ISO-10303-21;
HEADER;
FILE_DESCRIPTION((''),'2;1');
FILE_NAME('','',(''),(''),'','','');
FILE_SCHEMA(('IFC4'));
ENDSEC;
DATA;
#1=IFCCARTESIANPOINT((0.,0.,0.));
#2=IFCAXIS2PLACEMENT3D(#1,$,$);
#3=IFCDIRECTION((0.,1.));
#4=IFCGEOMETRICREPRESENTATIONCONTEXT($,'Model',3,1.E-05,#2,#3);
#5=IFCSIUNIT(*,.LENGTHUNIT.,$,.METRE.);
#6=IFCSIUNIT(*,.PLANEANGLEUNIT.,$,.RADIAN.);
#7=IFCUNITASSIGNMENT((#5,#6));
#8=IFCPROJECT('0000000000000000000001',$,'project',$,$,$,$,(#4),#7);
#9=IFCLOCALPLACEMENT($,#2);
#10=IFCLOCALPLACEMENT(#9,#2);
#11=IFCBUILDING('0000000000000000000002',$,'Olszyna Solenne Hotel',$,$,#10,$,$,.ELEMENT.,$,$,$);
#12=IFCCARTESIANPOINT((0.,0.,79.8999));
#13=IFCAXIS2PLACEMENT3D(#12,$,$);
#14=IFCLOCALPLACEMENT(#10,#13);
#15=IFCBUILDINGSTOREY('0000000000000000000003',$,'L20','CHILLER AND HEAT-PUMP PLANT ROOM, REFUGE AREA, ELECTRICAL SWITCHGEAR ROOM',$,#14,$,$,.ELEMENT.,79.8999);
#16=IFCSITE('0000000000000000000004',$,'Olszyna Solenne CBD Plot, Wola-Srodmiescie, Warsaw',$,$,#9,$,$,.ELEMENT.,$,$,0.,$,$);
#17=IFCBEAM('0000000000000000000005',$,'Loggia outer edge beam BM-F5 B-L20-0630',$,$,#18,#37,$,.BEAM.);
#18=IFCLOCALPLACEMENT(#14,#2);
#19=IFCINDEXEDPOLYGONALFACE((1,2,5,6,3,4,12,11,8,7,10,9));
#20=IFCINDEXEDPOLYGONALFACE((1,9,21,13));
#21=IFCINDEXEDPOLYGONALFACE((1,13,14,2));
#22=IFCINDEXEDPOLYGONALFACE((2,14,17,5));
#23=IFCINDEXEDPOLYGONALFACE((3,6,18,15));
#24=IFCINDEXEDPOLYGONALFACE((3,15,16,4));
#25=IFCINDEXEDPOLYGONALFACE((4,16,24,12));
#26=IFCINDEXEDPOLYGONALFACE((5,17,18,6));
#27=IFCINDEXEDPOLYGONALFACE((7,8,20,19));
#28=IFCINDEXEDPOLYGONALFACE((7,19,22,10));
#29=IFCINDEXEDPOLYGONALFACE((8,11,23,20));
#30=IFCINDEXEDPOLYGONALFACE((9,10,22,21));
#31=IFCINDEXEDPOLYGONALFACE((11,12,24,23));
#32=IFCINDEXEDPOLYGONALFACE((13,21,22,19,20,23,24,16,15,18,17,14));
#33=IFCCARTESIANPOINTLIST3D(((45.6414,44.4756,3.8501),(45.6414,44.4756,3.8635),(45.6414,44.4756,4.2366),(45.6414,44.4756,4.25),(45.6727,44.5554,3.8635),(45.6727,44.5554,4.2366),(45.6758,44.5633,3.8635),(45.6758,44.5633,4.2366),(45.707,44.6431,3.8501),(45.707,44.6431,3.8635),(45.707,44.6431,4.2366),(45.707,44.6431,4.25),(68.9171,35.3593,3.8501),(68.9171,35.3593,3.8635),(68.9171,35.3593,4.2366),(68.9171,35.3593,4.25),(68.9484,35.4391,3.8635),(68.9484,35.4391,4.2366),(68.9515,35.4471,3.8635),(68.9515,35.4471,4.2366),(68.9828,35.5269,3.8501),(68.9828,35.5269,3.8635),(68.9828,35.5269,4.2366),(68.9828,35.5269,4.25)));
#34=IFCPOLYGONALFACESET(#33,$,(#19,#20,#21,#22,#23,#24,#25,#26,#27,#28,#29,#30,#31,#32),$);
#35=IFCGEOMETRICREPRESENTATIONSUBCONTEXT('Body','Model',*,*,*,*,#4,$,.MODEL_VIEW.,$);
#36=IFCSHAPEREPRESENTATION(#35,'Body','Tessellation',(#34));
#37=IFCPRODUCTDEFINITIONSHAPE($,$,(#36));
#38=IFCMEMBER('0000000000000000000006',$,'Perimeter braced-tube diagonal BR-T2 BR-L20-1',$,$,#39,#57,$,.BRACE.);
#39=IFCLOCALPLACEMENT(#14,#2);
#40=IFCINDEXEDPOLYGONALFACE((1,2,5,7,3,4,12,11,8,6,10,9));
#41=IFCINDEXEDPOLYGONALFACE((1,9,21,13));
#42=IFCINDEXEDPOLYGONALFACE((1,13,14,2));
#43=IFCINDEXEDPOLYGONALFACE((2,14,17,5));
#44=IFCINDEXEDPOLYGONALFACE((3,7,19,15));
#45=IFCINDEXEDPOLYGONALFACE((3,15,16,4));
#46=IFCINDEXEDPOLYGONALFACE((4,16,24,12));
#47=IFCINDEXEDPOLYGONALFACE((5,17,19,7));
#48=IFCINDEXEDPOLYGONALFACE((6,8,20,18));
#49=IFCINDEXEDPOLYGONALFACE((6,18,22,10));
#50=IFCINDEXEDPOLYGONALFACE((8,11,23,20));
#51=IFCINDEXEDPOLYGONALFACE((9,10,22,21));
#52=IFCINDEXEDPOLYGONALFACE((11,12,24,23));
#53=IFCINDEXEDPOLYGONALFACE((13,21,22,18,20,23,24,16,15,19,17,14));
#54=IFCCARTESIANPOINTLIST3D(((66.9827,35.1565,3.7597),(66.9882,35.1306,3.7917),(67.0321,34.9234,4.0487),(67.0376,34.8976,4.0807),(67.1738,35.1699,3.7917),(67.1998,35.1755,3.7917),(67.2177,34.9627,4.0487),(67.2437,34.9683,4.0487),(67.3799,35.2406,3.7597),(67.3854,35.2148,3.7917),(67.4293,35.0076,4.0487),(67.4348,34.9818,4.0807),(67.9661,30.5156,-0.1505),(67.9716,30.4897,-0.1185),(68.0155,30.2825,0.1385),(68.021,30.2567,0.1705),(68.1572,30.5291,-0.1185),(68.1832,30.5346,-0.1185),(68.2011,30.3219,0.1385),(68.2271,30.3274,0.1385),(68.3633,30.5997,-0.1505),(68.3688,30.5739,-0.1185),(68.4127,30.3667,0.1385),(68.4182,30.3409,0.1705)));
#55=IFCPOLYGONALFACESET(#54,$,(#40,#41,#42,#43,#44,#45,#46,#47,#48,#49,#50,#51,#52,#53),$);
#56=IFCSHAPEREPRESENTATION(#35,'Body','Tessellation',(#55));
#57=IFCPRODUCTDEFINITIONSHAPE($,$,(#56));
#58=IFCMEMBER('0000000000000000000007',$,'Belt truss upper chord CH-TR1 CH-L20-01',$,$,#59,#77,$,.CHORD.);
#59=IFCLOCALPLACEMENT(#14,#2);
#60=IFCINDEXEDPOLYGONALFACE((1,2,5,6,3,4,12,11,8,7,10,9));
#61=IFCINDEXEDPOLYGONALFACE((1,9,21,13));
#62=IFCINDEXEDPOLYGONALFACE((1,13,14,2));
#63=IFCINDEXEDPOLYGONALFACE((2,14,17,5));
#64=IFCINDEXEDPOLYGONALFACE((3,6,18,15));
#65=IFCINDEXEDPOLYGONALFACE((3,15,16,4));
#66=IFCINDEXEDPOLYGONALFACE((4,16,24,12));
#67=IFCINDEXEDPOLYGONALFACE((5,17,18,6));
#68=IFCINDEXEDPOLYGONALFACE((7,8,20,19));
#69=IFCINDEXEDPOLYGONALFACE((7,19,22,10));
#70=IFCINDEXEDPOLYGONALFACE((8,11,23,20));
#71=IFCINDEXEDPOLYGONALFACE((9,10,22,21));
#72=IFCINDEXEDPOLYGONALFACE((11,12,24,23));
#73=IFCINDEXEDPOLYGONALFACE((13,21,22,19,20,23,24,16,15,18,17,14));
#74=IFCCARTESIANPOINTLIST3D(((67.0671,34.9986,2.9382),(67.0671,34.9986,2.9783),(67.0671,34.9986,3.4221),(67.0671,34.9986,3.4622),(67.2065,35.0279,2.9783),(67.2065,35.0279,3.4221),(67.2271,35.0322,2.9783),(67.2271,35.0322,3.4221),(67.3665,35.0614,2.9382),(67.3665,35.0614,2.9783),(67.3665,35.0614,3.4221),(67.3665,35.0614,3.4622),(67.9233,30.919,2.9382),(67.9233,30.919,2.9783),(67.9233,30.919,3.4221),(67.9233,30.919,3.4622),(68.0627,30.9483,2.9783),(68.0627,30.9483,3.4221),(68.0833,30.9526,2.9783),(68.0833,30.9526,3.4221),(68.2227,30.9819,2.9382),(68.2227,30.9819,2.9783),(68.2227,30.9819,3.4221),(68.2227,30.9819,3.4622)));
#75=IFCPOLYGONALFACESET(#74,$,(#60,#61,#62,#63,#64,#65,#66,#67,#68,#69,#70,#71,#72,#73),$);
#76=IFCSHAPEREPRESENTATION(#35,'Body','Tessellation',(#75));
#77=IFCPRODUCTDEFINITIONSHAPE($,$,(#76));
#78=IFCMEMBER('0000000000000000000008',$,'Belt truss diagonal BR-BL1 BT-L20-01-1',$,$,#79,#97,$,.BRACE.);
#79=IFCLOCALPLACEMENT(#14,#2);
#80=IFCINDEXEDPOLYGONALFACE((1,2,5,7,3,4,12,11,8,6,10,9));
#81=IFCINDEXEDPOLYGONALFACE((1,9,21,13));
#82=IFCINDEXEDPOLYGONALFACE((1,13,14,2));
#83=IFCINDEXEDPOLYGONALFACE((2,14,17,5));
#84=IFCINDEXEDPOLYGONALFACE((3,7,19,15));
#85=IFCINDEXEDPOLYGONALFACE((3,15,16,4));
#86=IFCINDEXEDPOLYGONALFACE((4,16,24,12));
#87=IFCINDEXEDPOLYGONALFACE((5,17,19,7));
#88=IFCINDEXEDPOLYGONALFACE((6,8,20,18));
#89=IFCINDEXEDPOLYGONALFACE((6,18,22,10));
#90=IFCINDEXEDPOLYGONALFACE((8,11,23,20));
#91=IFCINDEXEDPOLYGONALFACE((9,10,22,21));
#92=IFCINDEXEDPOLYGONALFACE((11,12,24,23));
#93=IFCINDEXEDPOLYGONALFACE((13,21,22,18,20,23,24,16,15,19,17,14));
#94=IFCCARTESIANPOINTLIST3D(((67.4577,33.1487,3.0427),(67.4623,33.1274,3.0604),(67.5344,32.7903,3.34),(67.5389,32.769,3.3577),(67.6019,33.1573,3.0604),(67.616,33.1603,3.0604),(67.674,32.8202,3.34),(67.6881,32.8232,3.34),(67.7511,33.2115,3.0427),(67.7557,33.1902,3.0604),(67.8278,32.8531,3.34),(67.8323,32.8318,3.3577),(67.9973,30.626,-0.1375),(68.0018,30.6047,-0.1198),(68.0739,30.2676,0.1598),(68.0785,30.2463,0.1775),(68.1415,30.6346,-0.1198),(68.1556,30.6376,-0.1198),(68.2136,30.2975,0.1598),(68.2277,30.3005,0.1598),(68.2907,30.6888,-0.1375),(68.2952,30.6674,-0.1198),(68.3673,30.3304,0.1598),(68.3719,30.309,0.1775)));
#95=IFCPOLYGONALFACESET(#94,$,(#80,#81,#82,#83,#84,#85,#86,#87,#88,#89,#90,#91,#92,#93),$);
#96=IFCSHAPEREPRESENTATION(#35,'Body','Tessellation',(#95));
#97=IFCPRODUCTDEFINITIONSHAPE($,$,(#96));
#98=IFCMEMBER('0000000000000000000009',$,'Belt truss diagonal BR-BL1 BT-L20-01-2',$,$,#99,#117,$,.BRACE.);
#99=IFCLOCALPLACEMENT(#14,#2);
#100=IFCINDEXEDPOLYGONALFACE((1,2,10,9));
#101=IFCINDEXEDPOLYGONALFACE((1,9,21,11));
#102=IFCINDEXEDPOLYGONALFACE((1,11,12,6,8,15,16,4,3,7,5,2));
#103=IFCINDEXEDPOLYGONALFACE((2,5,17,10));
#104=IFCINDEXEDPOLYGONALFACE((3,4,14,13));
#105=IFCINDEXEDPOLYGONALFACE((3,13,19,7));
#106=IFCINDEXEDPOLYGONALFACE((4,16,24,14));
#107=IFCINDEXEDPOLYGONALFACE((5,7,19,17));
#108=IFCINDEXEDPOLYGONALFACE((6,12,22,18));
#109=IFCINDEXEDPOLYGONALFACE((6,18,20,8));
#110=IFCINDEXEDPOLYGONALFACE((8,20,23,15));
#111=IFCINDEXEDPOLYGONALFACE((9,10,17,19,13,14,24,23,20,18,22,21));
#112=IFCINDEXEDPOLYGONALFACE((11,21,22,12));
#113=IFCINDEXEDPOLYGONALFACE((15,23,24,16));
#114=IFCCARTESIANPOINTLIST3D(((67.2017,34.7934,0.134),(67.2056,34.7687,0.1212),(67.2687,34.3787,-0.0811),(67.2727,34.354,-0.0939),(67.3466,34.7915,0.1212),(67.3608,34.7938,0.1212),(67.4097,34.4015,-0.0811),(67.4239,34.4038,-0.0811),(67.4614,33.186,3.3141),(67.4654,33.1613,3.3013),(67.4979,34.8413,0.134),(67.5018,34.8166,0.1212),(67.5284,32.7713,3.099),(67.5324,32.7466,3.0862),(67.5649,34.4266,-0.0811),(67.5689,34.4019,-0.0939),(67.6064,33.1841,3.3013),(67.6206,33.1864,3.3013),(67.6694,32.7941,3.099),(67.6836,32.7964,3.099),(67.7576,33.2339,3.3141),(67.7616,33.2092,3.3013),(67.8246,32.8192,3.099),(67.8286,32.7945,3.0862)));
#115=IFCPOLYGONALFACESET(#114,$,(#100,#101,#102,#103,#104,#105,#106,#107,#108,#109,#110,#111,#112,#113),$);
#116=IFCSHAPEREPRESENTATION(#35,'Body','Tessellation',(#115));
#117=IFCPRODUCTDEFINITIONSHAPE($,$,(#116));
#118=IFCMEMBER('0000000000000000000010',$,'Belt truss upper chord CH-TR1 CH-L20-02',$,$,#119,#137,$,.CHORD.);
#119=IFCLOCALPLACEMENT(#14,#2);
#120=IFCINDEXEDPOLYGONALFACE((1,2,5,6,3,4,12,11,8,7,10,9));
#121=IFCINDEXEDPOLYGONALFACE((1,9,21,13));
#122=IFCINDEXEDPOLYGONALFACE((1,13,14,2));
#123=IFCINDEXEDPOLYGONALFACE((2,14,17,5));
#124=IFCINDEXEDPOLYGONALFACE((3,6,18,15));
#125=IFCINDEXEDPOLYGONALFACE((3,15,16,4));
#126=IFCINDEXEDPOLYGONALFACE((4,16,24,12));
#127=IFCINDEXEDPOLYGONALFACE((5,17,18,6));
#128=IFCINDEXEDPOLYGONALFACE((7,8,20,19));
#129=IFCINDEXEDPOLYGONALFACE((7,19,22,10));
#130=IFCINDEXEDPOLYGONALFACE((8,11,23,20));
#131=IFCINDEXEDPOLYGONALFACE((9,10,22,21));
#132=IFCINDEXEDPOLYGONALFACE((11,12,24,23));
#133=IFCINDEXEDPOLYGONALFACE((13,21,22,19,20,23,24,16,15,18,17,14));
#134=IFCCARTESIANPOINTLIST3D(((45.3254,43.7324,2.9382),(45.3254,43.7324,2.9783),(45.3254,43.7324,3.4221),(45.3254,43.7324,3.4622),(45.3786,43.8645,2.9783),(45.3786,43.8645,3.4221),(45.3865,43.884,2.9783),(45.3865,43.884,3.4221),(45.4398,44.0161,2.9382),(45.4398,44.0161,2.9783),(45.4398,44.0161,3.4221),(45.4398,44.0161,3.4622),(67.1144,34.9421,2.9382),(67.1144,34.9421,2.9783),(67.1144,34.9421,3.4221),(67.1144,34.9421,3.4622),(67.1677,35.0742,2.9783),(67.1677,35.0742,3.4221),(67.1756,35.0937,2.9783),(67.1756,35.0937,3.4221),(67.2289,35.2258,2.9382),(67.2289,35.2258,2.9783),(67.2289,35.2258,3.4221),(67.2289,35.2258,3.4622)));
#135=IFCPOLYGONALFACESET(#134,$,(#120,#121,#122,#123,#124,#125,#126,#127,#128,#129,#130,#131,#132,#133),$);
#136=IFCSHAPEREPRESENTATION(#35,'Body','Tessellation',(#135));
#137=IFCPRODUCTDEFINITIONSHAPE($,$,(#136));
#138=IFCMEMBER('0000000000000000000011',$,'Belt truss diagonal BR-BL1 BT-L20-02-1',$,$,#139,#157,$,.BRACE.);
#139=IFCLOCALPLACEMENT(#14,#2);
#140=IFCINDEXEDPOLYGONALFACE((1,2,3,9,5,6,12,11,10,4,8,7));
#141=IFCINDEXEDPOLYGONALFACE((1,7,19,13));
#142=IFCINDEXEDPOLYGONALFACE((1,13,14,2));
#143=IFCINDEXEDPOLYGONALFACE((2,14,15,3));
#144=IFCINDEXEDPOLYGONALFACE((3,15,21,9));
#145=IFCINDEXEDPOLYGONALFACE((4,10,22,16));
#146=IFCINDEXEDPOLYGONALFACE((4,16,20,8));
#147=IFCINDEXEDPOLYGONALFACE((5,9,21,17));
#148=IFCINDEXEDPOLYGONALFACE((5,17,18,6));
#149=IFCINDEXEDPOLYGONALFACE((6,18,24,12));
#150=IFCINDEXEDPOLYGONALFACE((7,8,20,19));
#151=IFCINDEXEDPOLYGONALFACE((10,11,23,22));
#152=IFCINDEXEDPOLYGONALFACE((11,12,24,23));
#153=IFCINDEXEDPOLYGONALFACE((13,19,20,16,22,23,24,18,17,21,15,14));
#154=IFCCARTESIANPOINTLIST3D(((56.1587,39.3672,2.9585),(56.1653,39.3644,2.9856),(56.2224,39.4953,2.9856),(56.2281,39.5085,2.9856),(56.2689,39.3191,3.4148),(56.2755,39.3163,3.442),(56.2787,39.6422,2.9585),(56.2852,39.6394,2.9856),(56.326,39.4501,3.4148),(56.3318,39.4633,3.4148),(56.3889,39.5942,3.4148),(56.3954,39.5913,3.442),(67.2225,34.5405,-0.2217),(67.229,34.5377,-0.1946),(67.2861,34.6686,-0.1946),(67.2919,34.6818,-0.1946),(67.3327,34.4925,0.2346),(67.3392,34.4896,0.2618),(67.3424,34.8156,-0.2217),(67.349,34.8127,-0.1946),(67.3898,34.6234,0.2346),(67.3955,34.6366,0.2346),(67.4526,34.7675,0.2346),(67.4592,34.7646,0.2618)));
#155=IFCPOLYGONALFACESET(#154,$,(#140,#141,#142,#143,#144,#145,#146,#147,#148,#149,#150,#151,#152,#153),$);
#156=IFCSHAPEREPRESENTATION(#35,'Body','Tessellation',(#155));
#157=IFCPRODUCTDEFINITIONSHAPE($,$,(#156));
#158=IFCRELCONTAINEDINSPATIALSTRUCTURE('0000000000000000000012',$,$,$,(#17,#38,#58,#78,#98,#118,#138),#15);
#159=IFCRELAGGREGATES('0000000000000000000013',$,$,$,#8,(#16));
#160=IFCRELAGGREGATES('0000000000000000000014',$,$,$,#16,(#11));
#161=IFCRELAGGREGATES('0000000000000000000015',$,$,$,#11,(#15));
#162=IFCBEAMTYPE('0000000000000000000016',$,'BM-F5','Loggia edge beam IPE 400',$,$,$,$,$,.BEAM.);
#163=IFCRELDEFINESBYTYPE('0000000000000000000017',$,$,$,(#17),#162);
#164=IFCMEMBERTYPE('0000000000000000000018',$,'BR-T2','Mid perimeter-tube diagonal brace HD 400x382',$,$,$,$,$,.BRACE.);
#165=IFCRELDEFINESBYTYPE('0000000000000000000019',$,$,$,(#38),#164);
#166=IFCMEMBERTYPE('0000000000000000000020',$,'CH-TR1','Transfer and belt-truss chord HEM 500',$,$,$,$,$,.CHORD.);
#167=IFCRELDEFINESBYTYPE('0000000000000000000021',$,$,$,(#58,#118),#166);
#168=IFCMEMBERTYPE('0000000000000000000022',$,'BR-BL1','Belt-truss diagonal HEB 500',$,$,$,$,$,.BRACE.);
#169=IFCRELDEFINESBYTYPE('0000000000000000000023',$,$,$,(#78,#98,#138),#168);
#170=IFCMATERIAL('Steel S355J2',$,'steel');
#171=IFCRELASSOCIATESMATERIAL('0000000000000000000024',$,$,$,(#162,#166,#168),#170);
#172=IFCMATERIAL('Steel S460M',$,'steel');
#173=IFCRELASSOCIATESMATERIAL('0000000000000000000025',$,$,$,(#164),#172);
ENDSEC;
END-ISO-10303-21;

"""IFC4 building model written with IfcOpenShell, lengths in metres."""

from ifc_helpers import new_model, si_unit, direction, frame, origin, origin_2d, place, context, subcontext, project, spatial, i_section, extrude, source, transform, mapped, material, material_profile, profile_set, type_object, element, save


model = new_model("IFC4")

# Units and contexts
model_context = context("Model", 3, precision=1e-05, world=origin(), true_north=direction((0.0, 1.0)))
body_context = subcontext(model_context, "Body", "Model", "MODEL_VIEW")
ifc_project = project(units=[si_unit("LENGTHUNIT", "METRE"), si_unit("PLANEANGLEUNIT", "RADIAN")], contexts=[model_context])

# Site, building, storey
site_placement = place(None, origin())
site = spatial("IfcSite", under=ifc_project, at=site_placement, Name="Olszyna Solenne CBD Plot, Wola-Srodmiescie, Warsaw", CompositionType="ELEMENT", RefElevation=0.0)
building_placement = place(site_placement, origin())
building = spatial("IfcBuilding", under=site, at=building_placement, Name="Olszyna Solenne Hotel", CompositionType="ELEMENT")
storey_placement = place(building_placement, frame((0.0, 0.0, 79.8999)))
storey = spatial("IfcBuildingStorey", under=building, at=storey_placement, Name="L20", Description="CHILLER AND HEAT-PUMP PLANT ROOM, REFUGE AREA, ELECTRICAL SWITCHGEAR ROOM", CompositionType="ELEMENT", Elevation=79.8999)

# Shared definitions
ifc_material_1 = material(Name="Steel S460M", Category="steel")

# Beam
ifc_material_2 = material(Name="Steel S355J2", Category="steel")
ifc_material_profile_1 = material_profile(ifc_material_2, i_section(OverallWidth=0.1799, OverallDepth=0.3999, WebThickness=0.0085, FlangeThickness=0.0134, at=origin_2d()), Name="IPE 400", Category="load-bearing")
ifc_profile_set_1 = profile_set([ifc_material_profile_1], Name="Steel S355J2")
beam_type_1 = type_object("IfcBeamType", Name="BM-F5", Description="Loggia edge beam IPE 400", PredefinedType="BEAM", material=ifc_profile_set_1)
shared_shape_1 = source(origin(), body_context, "Body", "SweptSolid", [
    extrude(i_section(OverallWidth=0.1799, OverallDepth=0.3999, WebThickness=0.0085, FlangeThickness=0.0134, at=origin_2d()), origin(), (0.0, 0.0, 1.0), 24.9973),
])
beam_1_placement = place(storey_placement, frame((68.95, 35.4431, 4.05), z_axis=(-0.931129, 0.364689, 0.0), x_axis=(-0.364689, -0.931129, 0.0)))
element("IfcBeam", 1, at=beam_1_placement, inside=storey, type_object=beam_type_1, Name="Loggia outer edge beam BM-F5 B-L20-0630", PredefinedType="BEAM", context=body_context, shape_type="MappedRepresentation", body=[
    mapped(shared_shape_1, transform((0.0, 0.0, 0.0), x_axis=(1.0, 0.0, 0.0), y_axis=(0.0, 1.0, 0.0), z_axis=(0.0, 0.0, 1.0), scale=1.0)),
])

# Members
ifc_material_profile_2 = material_profile(ifc_material_1, i_section(OverallWidth=0.406, OverallDepth=0.416, WebThickness=0.0266, FlangeThickness=0.0415, at=origin_2d()), Name="HD 400x382", Category="load-bearing")
ifc_profile_set_2 = profile_set([ifc_material_profile_2], Name="Steel S460M")
member_type_1 = type_object("IfcMemberType", Name="BR-T2", Description="Mid perimeter-tube diagonal brace HD 400x382", PredefinedType="BRACE", material=ifc_profile_set_2)
shared_shape_2 = source(origin(), body_context, "Body", "SweptSolid", [
    extrude(i_section(OverallWidth=0.406, OverallDepth=0.416, WebThickness=0.0266, FlangeThickness=0.0415, at=origin_2d()), origin(), (0.0, 0.0, 1.0), 6.1477),
])
member_1_placement = place(storey_placement, frame((68.1921, 30.4282, 0.01), z_axis=(-0.159962, 0.754897, 0.636037), x_axis=(-0.978278, -0.207297, 0.0)))
element("IfcMember", 2, at=member_1_placement, inside=storey, type_object=member_type_1, Name="Perimeter braced-tube diagonal BR-T2 BR-L20-1", PredefinedType="BRACE", context=body_context, shape_type="MappedRepresentation", body=[
    mapped(shared_shape_2, transform((0.0, 0.0, 0.0), x_axis=(1.0, 0.0, 0.0), y_axis=(0.0, 1.0, 0.0), z_axis=(0.0, 0.0, 1.0), scale=1.0)),
])
ifc_material_profile_3 = material_profile(ifc_material_2, i_section(OverallWidth=0.3059, OverallDepth=0.5239, WebThickness=0.021, FlangeThickness=0.04, at=origin_2d()), Name="HEM 500", Category="load-bearing")
ifc_profile_set_3 = profile_set([ifc_material_profile_3], Name="Steel S355J2")
member_type_2 = type_object("IfcMemberType", Name="CH-TR1", Description="Transfer and belt-truss chord HEM 500", PredefinedType="CHORD", material=ifc_profile_set_3)
shared_shape_3 = source(origin(), body_context, "Body", "SweptSolid", [
    extrude(i_section(OverallWidth=0.3059, OverallDepth=0.5239, WebThickness=0.021, FlangeThickness=0.04, at=origin_2d()), origin(), (0.0, 0.0, 1.0), 4.1685),
])
member_2_placement = place(storey_placement, frame((68.073, 30.9504, 3.2002), z_axis=(-0.205399, 0.978678, 0.0), x_axis=(-0.978678, -0.205399, 0.0)))
element("IfcMember", 3, at=member_2_placement, inside=storey, type_object=member_type_2, Name="Belt truss upper chord CH-TR1 CH-L20-01", PredefinedType="CHORD", context=body_context, shape_type="MappedRepresentation", body=[
    mapped(shared_shape_3, transform((0.0, 0.0, 0.0), x_axis=(1.0, 0.0, 0.0), y_axis=(0.0, 1.0, 0.0), z_axis=(0.0, 0.0, 1.0), scale=1.0)),
])
ifc_material_profile_4 = material_profile(ifc_material_2, i_section(OverallWidth=0.3, OverallDepth=0.5, WebThickness=0.0144, FlangeThickness=0.0281, at=origin_2d()), Name="HEB 500", Category="load-bearing")
ifc_profile_set_4 = profile_set([ifc_material_profile_4], Name="Steel S355J2")
member_type_3 = type_object("IfcMemberType", Name="BR-BL1", Description="Belt-truss diagonal HEB 500", PredefinedType="BRACE", material=ifc_profile_set_4)
shared_shape_4 = source(origin(), body_context, "Body", "SweptSolid", [
    extrude(i_section(OverallWidth=0.3, OverallDepth=0.5, WebThickness=0.0144, FlangeThickness=0.0281, at=origin_2d()), origin(), (0.0, 0.0, 1.0), 4.095),
])
member_3_placement = place(storey_placement, frame((68.1846, 30.4675, 0.02), z_axis=(-0.13176, 0.616052, 0.776608), x_axis=(-0.977884, -0.209148, 0.0)))
element("IfcMember", 4, at=member_3_placement, inside=storey, type_object=member_type_3, Name="Belt truss diagonal BR-BL1 BT-L20-01-1", PredefinedType="BRACE", context=body_context, shape_type="MappedRepresentation", body=[
    mapped(shared_shape_4, transform((0.0, 0.0, 0.0), x_axis=(1.0, 0.0, 0.0), y_axis=(0.0, 1.0, 0.0), z_axis=(0.0, 0.0, 1.0), scale=1.0)),
])
shared_shape_5 = source(origin(), body_context, "Body", "SweptSolid", [
    extrude(i_section(OverallWidth=0.3, OverallDepth=0.5, WebThickness=0.0144, FlangeThickness=0.0281, at=origin_2d()), origin(), (0.0, 0.0, 1.0), 3.5728),
])
member_4_placement = place(storey_placement, frame((67.3853, 34.5977, 0.02), z_axis=(0.072707, -0.449907, 0.890111), x_axis=(0.987192, 0.159534, 0.0)))
element("IfcMember", 5, at=member_4_placement, inside=storey, type_object=member_type_3, Name="Belt truss diagonal BR-BL1 BT-L20-01-2", PredefinedType="BRACE", context=body_context, shape_type="MappedRepresentation", body=[
    mapped(shared_shape_5, transform((0.0, 0.0, 0.0), x_axis=(1.0, 0.0, 0.0), y_axis=(0.0, 1.0, 0.0), z_axis=(0.0, 0.0, 1.0), scale=1.0)),
])
shared_shape_6 = source(origin(), body_context, "Body", "SweptSolid", [
    extrude(i_section(OverallWidth=0.3059, OverallDepth=0.5239, WebThickness=0.021, FlangeThickness=0.04, at=origin_2d()), origin(), (0.0, 0.0, 1.0), 23.4954),
])
member_5_placement = place(storey_placement, frame((67.1716, 35.084, 3.2002), z_axis=(-0.927377, 0.374128, 0.0), x_axis=(-0.374128, -0.927377, 0.0)))
element("IfcMember", 6, at=member_5_placement, inside=storey, type_object=member_type_2, Name="Belt truss upper chord CH-TR1 CH-L20-02", PredefinedType="CHORD", context=body_context, shape_type="MappedRepresentation", body=[
    mapped(shared_shape_6, transform((0.0, 0.0, 0.0), x_axis=(1.0, 0.0, 0.0), y_axis=(0.0, 1.0, 0.0), z_axis=(0.0, 0.0, 1.0), scale=1.0)),
])
shared_shape_7 = source(origin(), body_context, "Body", "SweptSolid", [
    extrude(i_section(OverallWidth=0.3, OverallDepth=0.5, WebThickness=0.0144, FlangeThickness=0.0281, at=origin_2d()), origin(), (0.0, 0.0, 1.0), 12.4827),
])
member_6_placement = place(storey_placement, frame((67.3408, 34.6526, 0.02), z_axis=(-0.886329, 0.38667, 0.254768), x_axis=(-0.399865, -0.916574, 0.0)))
element("IfcMember", 7, at=member_6_placement, inside=storey, type_object=member_type_3, Name="Belt truss diagonal BR-BL1 BT-L20-02-1", PredefinedType="BRACE", context=body_context, shape_type="MappedRepresentation", body=[
    mapped(shared_shape_7, transform((0.0, 0.0, 0.0), x_axis=(1.0, 0.0, 0.0), y_axis=(0.0, 1.0, 0.0), z_axis=(0.0, 0.0, 1.0), scale=1.0)),
])

save(model, "model.ifc")
